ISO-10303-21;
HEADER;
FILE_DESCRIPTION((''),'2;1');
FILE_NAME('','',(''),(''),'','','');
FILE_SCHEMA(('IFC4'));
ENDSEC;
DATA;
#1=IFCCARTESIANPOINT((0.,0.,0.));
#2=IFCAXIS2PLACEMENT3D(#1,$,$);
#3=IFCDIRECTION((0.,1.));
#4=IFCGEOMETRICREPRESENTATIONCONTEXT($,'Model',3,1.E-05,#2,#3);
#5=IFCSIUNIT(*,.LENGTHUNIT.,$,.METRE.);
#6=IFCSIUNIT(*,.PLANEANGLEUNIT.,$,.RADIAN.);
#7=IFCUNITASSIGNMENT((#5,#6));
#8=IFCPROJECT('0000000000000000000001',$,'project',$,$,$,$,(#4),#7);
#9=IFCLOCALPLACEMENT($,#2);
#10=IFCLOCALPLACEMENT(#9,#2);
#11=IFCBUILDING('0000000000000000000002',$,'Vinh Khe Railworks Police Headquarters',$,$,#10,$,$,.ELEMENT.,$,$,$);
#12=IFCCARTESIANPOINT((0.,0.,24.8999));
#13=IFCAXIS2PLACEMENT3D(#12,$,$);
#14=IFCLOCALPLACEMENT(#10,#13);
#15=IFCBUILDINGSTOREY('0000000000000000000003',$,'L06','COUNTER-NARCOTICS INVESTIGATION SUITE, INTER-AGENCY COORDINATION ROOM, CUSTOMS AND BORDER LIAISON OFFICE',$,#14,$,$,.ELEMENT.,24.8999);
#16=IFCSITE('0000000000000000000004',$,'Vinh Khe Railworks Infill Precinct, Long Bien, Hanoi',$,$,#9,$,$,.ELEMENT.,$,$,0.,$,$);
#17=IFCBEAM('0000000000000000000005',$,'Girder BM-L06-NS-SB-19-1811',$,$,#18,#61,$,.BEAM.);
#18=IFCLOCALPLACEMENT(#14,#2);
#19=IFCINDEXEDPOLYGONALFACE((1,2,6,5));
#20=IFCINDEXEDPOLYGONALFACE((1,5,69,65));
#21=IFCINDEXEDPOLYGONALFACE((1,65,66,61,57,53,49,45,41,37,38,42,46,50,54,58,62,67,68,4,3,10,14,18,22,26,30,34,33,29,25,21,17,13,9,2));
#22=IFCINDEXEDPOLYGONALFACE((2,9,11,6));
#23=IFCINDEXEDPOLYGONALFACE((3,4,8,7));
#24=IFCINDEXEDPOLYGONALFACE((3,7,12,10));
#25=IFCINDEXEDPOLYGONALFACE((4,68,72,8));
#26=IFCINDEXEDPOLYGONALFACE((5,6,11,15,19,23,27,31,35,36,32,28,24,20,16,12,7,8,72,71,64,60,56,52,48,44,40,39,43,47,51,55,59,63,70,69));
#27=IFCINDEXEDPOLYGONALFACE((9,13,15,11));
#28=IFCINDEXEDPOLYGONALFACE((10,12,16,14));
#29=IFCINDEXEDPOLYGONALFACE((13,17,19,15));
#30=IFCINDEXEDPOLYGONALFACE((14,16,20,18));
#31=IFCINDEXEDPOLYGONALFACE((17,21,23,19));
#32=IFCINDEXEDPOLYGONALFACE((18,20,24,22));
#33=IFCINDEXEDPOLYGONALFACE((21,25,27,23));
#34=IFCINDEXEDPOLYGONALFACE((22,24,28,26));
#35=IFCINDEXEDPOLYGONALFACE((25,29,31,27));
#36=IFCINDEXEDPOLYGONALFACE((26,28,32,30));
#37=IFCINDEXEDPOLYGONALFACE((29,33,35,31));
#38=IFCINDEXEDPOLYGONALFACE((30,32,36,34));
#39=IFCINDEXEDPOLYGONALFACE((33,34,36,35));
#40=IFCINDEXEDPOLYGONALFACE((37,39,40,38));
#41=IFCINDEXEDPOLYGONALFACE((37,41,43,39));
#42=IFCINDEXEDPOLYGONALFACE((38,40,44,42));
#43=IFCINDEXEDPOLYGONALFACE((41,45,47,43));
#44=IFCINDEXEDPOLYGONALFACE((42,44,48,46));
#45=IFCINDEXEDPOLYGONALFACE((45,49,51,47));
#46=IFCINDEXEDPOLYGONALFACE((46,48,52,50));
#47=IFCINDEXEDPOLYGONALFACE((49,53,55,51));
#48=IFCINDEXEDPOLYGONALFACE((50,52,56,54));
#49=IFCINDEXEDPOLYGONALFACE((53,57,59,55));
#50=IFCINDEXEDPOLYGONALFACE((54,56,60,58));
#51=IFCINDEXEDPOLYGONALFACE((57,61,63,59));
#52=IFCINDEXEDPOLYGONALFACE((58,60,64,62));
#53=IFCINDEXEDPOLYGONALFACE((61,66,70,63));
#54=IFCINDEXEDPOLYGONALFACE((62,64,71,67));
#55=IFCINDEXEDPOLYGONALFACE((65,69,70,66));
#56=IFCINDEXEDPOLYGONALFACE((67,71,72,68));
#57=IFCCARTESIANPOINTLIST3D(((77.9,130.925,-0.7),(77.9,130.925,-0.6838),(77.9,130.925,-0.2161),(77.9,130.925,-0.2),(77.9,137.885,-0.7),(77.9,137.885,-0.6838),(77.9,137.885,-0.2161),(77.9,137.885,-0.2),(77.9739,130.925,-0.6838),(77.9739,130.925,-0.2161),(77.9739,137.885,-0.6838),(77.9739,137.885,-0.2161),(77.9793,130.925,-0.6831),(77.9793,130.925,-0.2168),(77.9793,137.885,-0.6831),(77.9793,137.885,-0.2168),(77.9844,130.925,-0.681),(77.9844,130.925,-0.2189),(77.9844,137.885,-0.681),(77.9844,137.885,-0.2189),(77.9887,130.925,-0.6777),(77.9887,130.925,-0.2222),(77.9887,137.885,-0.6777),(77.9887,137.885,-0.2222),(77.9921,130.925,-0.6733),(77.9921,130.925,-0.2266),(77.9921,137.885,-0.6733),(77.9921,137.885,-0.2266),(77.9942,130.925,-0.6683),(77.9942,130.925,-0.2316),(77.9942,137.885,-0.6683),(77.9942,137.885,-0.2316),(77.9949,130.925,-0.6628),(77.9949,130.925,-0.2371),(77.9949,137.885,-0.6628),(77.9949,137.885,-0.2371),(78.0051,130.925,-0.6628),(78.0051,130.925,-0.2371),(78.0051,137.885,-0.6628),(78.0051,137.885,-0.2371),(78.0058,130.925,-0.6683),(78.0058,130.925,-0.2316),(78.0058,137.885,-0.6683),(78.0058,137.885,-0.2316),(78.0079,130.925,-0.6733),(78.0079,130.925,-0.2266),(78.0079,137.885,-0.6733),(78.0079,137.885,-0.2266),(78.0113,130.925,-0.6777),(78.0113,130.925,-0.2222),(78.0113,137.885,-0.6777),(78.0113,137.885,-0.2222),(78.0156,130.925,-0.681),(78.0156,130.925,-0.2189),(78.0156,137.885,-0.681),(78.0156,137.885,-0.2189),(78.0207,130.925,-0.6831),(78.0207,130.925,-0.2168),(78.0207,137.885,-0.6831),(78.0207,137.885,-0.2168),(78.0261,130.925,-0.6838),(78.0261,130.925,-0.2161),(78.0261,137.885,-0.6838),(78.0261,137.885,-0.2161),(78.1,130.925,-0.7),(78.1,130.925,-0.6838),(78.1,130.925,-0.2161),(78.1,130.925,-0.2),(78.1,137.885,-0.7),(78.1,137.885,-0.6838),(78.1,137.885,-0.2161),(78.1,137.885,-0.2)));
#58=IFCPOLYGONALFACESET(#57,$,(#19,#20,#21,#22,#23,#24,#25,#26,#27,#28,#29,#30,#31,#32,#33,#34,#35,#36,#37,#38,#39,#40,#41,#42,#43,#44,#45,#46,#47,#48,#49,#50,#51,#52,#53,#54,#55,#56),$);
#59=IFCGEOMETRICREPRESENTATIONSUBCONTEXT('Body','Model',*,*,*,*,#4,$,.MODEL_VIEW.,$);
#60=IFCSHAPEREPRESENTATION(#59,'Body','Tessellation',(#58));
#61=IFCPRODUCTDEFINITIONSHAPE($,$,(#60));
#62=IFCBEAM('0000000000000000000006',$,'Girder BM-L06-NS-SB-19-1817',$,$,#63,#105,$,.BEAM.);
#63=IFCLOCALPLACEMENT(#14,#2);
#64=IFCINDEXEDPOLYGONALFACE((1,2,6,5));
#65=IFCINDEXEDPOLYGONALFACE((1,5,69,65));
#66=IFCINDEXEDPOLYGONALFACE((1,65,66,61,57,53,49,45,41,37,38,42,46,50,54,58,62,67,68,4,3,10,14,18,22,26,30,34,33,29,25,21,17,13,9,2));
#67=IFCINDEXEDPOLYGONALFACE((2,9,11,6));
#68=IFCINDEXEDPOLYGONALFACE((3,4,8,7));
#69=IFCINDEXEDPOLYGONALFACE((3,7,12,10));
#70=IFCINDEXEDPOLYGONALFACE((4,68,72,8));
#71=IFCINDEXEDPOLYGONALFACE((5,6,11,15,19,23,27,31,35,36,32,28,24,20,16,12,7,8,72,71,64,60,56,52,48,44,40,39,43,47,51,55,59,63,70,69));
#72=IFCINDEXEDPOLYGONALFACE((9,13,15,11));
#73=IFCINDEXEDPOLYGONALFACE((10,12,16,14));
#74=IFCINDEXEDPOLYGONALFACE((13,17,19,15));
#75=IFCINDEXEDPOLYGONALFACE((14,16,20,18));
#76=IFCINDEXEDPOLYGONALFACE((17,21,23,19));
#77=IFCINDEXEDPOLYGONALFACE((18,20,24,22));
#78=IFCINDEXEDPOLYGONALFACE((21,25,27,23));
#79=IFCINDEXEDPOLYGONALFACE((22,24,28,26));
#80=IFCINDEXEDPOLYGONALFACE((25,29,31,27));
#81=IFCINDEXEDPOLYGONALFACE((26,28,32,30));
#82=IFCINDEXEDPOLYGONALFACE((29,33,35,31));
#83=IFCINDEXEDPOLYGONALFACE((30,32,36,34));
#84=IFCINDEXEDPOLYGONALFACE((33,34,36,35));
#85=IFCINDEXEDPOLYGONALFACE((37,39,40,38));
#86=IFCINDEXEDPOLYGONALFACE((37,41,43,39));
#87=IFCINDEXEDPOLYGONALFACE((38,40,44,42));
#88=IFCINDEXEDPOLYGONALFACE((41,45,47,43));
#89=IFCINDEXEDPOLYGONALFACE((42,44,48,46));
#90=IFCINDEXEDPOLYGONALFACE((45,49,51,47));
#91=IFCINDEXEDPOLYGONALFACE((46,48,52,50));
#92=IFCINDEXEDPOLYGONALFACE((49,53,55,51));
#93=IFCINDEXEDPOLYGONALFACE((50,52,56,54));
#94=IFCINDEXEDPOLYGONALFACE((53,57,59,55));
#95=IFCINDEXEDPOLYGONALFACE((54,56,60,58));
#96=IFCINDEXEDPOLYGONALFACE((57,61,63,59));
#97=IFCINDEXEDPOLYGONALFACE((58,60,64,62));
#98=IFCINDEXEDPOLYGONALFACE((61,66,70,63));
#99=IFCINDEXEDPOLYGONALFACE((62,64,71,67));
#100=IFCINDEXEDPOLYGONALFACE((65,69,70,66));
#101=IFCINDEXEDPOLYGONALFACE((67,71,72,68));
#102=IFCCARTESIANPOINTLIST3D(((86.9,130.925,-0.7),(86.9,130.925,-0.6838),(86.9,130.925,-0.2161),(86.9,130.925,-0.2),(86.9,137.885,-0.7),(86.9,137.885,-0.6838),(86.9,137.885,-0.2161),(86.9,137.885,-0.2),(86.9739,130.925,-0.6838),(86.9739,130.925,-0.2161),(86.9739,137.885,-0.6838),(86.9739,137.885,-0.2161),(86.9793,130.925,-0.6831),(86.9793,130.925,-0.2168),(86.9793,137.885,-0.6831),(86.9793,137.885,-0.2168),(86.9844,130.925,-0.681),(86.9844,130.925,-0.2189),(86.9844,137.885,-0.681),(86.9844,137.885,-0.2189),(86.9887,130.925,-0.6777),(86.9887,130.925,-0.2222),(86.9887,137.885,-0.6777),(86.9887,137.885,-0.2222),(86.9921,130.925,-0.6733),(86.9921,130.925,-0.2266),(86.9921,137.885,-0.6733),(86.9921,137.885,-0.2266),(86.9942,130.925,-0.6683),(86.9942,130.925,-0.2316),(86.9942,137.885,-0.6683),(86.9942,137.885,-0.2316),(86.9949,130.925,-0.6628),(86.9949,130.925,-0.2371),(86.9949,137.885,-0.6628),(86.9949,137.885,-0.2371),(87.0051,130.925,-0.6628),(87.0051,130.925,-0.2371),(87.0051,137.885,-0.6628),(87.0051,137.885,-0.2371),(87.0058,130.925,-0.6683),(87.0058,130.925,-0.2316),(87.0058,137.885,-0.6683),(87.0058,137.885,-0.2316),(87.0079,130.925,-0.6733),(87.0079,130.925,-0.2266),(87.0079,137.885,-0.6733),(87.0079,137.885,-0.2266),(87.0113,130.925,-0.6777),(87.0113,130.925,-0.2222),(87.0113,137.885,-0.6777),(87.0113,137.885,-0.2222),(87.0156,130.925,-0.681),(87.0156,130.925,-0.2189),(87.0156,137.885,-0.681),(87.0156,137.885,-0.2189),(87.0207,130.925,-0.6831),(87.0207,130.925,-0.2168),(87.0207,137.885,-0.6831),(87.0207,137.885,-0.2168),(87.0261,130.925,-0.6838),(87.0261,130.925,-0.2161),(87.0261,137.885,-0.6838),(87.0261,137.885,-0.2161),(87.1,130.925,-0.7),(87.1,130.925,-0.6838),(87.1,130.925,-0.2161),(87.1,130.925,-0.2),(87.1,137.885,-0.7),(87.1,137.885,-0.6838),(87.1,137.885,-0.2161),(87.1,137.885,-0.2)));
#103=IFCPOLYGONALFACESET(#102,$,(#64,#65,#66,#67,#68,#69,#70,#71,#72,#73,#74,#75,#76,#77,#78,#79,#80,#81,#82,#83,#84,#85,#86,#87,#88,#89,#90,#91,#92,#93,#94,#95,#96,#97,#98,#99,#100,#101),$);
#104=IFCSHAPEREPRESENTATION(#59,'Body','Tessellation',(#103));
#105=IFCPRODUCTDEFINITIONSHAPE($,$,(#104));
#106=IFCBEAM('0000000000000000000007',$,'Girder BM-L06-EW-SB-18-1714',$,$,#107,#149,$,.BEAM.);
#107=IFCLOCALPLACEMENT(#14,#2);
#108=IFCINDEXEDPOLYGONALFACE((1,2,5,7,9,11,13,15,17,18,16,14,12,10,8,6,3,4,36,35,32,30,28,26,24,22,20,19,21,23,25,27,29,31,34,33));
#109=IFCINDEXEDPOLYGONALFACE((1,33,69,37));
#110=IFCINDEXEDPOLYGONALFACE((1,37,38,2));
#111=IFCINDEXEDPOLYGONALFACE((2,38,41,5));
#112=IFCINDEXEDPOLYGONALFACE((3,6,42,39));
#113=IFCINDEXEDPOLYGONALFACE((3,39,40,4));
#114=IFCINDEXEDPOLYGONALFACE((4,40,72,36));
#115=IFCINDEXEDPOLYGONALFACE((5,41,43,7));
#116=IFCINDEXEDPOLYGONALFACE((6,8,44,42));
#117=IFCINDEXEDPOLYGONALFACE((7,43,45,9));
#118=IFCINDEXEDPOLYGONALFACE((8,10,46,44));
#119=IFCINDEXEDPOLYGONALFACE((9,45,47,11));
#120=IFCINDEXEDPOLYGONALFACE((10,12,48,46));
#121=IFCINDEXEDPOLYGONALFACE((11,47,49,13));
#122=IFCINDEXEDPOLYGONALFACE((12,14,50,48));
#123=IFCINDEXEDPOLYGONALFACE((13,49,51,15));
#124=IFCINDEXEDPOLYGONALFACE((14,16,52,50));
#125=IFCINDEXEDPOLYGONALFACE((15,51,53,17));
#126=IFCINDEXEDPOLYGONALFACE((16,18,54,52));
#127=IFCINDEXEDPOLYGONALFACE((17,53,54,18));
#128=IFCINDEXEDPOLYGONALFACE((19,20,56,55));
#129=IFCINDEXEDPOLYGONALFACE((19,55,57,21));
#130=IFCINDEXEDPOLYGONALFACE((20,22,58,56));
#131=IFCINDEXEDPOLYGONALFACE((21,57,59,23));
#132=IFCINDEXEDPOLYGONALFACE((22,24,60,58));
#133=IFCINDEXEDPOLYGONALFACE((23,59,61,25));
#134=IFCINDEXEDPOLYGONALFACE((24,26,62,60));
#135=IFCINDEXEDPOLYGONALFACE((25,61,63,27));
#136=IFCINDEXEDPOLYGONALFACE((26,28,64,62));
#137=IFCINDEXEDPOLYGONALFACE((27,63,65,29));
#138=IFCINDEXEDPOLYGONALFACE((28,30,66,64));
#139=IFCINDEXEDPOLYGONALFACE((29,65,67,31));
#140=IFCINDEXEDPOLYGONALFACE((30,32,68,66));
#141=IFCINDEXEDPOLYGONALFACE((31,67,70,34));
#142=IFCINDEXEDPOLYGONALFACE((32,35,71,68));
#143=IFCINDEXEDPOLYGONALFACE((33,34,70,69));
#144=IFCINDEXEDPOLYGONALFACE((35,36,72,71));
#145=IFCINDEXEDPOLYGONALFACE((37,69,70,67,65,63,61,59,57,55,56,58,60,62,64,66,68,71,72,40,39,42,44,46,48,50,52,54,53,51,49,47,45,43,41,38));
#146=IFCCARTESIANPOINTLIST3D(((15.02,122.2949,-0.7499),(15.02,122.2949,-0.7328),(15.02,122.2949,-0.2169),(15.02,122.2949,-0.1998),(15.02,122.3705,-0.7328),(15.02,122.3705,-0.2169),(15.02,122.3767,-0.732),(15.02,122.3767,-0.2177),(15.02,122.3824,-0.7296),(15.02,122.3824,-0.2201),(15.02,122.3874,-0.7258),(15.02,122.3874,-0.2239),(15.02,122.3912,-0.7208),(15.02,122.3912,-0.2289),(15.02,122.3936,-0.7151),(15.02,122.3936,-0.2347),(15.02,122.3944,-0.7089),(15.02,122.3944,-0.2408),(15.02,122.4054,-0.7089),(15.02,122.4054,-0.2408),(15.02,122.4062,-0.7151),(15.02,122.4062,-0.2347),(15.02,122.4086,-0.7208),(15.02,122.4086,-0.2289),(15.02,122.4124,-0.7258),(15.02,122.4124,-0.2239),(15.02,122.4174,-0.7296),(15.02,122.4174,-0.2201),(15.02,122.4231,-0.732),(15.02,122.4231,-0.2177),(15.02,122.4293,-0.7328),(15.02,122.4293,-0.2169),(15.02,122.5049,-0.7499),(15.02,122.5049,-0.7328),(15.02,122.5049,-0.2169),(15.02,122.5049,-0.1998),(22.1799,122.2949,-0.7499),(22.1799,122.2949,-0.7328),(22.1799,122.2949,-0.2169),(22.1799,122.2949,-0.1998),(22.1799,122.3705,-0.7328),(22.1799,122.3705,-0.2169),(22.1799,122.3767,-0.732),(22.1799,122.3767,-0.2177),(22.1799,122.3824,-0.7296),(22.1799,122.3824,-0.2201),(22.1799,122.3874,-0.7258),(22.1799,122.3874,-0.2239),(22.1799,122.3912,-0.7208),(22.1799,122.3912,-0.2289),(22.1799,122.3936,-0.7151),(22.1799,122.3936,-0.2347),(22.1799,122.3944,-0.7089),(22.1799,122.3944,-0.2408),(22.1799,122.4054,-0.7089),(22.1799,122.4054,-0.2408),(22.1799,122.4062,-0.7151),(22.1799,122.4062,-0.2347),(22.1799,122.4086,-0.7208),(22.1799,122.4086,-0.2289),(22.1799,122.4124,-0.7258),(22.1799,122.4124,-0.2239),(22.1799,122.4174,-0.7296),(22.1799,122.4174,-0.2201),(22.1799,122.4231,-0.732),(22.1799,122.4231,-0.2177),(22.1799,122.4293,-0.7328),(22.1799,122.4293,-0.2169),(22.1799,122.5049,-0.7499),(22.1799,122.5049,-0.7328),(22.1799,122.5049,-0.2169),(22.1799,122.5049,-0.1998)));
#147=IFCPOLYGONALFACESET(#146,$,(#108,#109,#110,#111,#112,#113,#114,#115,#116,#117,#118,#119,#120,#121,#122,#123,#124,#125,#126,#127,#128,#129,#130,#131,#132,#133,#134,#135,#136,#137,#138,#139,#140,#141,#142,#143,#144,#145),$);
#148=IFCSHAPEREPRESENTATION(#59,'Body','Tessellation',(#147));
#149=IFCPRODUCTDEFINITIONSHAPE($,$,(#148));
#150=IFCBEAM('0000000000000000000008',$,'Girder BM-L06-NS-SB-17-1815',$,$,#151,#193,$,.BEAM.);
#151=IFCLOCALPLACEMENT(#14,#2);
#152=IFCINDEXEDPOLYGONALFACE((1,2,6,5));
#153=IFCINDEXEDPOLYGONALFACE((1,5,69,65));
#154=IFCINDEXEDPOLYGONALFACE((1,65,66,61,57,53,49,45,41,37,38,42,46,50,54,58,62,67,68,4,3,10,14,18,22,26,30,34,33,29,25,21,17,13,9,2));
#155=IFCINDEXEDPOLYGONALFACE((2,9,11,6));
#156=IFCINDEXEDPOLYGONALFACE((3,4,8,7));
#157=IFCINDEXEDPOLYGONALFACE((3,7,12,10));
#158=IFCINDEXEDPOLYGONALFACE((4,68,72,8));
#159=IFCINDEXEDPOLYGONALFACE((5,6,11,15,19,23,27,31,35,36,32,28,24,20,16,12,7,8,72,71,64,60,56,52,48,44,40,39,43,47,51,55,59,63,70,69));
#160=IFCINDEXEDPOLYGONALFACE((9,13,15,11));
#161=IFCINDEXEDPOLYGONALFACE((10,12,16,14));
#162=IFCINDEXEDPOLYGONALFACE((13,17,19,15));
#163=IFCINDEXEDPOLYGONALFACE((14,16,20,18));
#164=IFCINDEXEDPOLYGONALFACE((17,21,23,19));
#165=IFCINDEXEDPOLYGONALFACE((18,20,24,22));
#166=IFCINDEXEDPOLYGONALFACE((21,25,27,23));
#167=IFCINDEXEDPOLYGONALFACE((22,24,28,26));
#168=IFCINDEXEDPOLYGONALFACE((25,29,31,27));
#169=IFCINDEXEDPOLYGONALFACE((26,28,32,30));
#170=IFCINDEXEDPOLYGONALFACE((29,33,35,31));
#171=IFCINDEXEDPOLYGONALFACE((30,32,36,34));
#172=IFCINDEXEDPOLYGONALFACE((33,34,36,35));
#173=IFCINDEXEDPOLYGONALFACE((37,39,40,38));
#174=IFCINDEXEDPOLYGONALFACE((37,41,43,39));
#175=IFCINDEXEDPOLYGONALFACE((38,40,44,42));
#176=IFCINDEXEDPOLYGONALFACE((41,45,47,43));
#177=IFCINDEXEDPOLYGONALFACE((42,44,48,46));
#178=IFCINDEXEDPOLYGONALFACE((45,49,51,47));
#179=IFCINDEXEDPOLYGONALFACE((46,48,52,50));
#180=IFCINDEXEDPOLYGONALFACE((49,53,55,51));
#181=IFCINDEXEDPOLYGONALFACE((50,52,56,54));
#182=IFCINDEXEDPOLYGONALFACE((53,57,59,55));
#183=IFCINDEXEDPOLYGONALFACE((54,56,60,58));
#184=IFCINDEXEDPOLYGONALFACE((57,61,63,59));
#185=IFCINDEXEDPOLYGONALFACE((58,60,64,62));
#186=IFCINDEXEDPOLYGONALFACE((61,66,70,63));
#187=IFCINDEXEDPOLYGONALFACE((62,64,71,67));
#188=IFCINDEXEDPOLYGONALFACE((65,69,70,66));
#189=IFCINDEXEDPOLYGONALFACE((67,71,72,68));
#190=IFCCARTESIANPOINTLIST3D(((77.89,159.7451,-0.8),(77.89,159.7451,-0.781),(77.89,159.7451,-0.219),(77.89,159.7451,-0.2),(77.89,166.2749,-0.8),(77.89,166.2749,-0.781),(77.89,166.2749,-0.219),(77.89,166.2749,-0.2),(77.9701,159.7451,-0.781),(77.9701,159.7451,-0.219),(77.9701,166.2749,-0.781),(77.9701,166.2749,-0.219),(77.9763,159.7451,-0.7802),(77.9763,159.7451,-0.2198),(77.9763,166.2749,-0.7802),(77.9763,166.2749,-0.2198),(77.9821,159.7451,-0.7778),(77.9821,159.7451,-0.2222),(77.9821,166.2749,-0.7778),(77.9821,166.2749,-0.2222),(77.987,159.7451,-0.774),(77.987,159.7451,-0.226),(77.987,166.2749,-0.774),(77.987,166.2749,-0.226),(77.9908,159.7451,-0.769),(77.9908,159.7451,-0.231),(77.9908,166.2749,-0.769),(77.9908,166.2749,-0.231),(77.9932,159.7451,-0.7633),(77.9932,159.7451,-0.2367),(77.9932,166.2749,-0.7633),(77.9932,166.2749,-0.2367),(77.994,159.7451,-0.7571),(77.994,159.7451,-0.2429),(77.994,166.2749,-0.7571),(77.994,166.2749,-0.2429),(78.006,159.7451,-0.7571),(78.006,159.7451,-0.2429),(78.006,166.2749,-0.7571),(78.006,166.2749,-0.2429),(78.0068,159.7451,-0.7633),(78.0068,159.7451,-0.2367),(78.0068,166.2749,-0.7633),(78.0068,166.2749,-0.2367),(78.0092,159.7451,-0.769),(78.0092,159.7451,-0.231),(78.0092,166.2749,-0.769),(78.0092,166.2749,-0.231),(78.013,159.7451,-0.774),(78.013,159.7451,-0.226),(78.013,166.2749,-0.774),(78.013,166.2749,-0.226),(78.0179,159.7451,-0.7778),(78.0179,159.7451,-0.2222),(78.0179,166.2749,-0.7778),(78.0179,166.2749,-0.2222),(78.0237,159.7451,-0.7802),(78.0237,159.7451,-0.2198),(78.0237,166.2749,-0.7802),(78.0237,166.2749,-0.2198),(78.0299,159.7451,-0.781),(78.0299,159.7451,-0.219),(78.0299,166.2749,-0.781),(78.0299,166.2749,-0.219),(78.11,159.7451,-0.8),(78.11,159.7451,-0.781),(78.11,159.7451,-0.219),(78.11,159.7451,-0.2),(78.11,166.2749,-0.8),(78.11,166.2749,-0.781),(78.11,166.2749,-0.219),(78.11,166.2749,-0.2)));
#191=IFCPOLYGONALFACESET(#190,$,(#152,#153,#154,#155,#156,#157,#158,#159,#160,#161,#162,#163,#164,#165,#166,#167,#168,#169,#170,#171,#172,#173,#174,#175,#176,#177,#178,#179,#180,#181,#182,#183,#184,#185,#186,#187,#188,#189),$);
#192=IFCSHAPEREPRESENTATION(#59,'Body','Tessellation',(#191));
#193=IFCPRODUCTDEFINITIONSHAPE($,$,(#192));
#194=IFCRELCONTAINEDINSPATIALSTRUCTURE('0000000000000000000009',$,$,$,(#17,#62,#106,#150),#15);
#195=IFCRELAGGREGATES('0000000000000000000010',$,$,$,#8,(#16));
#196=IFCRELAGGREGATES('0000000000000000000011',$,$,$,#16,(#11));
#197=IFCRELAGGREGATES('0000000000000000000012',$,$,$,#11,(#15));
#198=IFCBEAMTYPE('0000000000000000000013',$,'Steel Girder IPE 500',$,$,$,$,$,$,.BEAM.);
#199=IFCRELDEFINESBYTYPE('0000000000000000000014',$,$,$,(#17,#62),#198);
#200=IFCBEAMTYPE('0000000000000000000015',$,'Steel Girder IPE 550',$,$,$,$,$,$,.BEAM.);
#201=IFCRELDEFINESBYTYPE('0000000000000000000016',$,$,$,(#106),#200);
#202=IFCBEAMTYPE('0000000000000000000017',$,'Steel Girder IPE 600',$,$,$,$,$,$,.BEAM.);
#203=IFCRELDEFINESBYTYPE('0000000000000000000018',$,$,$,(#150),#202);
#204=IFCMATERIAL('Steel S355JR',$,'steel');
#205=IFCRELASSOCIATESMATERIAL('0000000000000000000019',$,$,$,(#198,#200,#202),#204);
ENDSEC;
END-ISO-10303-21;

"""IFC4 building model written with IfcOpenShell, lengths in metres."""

from ifc_helpers import new_model, si_unit, direction, frame, origin, origin_2d, place, context, subcontext, project, spatial, i_section, extrude, material, material_profile, profile_set, type_object, element, save


model = new_model("IFC4")

# Units and contexts
model_context = context("Model", 3, precision=1e-05, world=origin(), true_north=direction((0.0, 1.0)))
body_context = subcontext(model_context, "Body", "Model", "MODEL_VIEW")
ifc_project = project(units=[si_unit("LENGTHUNIT", "METRE"), si_unit("PLANEANGLEUNIT", "RADIAN")], contexts=[model_context])

# Site, building, storey
site_placement = place(None, origin())
site = spatial("IfcSite", under=ifc_project, at=site_placement, Name="Vinh Khe Railworks Infill Precinct, Long Bien, Hanoi", CompositionType="ELEMENT", RefElevation=0.0)
building_placement = place(site_placement, origin())
building = spatial("IfcBuilding", under=site, at=building_placement, Name="Vinh Khe Railworks Police Headquarters", CompositionType="ELEMENT")
storey_placement = place(building_placement, frame((0.0, 0.0, 24.8999)))
storey = spatial("IfcBuildingStorey", under=building, at=storey_placement, Name="L06", Description="COUNTER-NARCOTICS INVESTIGATION SUITE, INTER-AGENCY COORDINATION ROOM, CUSTOMS AND BORDER LIAISON OFFICE", CompositionType="ELEMENT", Elevation=24.8999)

# Beams
ifc_material_1 = material(Name="Steel S355JR", Category="steel")
ifc_material_profile_1 = material_profile(ifc_material_1, i_section(OverallWidth=0.2, OverallDepth=0.5, WebThickness=0.0103, FlangeThickness=0.0161, FilletRadius=0.021, at=origin_2d()), Name="IPE 500")
ifc_profile_set_1 = profile_set([ifc_material_profile_1], Name="Steel S355JR")
beam_type_1 = type_object("IfcBeamType", Name="Steel Girder IPE 500", PredefinedType="BEAM", material=ifc_profile_set_1)
for number, where, z_axis, x_axis, name in (
    (1, (78.0, 130.925, -0.45), (0.0, 1.0, 0.0), (-1.0, 0.0, 0.0), "Girder BM-L06-NS-SB-19-1811"),
    (2, (87.0, 130.925, -0.45), (0.0, 1.0, 0.0), (-1.0, 0.0, 0.0), "Girder BM-L06-NS-SB-19-1817"),
):
    element("IfcBeam", number, at=place(storey_placement, frame(where, z_axis=z_axis, x_axis=x_axis)), inside=storey, type_object=beam_type_1, Name=name, PredefinedType="BEAM", context=body_context, shape_type="SweptSolid", body=[
        extrude(i_section(OverallWidth=0.2, OverallDepth=0.5, WebThickness=0.0103, FlangeThickness=0.0161, FilletRadius=0.021, at=origin_2d()), origin(), (0.0, 0.0, 1.0), 6.96),
    ])
ifc_material_profile_2 = material_profile(ifc_material_1, i_section(OverallWidth=0.21, OverallDepth=0.55, WebThickness=0.011, FlangeThickness=0.0171, FilletRadius=0.0239, at=origin_2d()), Name="IPE 550")
ifc_profile_set_2 = profile_set([ifc_material_profile_2], Name="Steel S355JR")
beam_type_2 = type_object("IfcBeamType", Name="Steel Girder IPE 550", PredefinedType="BEAM", material=ifc_profile_set_2)
beam_1_placement = place(storey_placement, frame((15.02, 122.3999, -0.4749), z_axis=(1.0, 0.0, 0.0), x_axis=(0.0, 1.0, 0.0)))
element("IfcBeam", 3, at=beam_1_placement, inside=storey, type_object=beam_type_2, Name="Girder BM-L06-EW-SB-18-1714", PredefinedType="BEAM", context=body_context, shape_type="SweptSolid", body=[
    extrude(i_section(OverallWidth=0.21, OverallDepth=0.55, WebThickness=0.011, FlangeThickness=0.0171, FilletRadius=0.0239, at=origin_2d()), origin(), (0.0, 0.0, 1.0), 7.1599),
])
ifc_material_profile_3 = material_profile(ifc_material_1, i_section(OverallWidth=0.22, OverallDepth=0.6001, WebThickness=0.012, FlangeThickness=0.019, FilletRadius=0.0239, at=origin_2d()), Name="IPE 600")
ifc_profile_set_3 = profile_set([ifc_material_profile_3], Name="Steel S355JR")
beam_type_3 = type_object("IfcBeamType", Name="Steel Girder IPE 600", PredefinedType="BEAM", material=ifc_profile_set_3)
beam_2_placement = place(storey_placement, frame((78.0, 159.7451, -0.5), z_axis=(0.0, 1.0, 0.0), x_axis=(-1.0, 0.0, 0.0)))
element("IfcBeam", 4, at=beam_2_placement, inside=storey, type_object=beam_type_3, Name="Girder BM-L06-NS-SB-17-1815", PredefinedType="BEAM", context=body_context, shape_type="SweptSolid", body=[
    extrude(i_section(OverallWidth=0.22, OverallDepth=0.6001, WebThickness=0.012, FlangeThickness=0.019, FilletRadius=0.0239, at=origin_2d()), origin(), (0.0, 0.0, 1.0), 6.5298),
])

save(model, "model.ifc")
